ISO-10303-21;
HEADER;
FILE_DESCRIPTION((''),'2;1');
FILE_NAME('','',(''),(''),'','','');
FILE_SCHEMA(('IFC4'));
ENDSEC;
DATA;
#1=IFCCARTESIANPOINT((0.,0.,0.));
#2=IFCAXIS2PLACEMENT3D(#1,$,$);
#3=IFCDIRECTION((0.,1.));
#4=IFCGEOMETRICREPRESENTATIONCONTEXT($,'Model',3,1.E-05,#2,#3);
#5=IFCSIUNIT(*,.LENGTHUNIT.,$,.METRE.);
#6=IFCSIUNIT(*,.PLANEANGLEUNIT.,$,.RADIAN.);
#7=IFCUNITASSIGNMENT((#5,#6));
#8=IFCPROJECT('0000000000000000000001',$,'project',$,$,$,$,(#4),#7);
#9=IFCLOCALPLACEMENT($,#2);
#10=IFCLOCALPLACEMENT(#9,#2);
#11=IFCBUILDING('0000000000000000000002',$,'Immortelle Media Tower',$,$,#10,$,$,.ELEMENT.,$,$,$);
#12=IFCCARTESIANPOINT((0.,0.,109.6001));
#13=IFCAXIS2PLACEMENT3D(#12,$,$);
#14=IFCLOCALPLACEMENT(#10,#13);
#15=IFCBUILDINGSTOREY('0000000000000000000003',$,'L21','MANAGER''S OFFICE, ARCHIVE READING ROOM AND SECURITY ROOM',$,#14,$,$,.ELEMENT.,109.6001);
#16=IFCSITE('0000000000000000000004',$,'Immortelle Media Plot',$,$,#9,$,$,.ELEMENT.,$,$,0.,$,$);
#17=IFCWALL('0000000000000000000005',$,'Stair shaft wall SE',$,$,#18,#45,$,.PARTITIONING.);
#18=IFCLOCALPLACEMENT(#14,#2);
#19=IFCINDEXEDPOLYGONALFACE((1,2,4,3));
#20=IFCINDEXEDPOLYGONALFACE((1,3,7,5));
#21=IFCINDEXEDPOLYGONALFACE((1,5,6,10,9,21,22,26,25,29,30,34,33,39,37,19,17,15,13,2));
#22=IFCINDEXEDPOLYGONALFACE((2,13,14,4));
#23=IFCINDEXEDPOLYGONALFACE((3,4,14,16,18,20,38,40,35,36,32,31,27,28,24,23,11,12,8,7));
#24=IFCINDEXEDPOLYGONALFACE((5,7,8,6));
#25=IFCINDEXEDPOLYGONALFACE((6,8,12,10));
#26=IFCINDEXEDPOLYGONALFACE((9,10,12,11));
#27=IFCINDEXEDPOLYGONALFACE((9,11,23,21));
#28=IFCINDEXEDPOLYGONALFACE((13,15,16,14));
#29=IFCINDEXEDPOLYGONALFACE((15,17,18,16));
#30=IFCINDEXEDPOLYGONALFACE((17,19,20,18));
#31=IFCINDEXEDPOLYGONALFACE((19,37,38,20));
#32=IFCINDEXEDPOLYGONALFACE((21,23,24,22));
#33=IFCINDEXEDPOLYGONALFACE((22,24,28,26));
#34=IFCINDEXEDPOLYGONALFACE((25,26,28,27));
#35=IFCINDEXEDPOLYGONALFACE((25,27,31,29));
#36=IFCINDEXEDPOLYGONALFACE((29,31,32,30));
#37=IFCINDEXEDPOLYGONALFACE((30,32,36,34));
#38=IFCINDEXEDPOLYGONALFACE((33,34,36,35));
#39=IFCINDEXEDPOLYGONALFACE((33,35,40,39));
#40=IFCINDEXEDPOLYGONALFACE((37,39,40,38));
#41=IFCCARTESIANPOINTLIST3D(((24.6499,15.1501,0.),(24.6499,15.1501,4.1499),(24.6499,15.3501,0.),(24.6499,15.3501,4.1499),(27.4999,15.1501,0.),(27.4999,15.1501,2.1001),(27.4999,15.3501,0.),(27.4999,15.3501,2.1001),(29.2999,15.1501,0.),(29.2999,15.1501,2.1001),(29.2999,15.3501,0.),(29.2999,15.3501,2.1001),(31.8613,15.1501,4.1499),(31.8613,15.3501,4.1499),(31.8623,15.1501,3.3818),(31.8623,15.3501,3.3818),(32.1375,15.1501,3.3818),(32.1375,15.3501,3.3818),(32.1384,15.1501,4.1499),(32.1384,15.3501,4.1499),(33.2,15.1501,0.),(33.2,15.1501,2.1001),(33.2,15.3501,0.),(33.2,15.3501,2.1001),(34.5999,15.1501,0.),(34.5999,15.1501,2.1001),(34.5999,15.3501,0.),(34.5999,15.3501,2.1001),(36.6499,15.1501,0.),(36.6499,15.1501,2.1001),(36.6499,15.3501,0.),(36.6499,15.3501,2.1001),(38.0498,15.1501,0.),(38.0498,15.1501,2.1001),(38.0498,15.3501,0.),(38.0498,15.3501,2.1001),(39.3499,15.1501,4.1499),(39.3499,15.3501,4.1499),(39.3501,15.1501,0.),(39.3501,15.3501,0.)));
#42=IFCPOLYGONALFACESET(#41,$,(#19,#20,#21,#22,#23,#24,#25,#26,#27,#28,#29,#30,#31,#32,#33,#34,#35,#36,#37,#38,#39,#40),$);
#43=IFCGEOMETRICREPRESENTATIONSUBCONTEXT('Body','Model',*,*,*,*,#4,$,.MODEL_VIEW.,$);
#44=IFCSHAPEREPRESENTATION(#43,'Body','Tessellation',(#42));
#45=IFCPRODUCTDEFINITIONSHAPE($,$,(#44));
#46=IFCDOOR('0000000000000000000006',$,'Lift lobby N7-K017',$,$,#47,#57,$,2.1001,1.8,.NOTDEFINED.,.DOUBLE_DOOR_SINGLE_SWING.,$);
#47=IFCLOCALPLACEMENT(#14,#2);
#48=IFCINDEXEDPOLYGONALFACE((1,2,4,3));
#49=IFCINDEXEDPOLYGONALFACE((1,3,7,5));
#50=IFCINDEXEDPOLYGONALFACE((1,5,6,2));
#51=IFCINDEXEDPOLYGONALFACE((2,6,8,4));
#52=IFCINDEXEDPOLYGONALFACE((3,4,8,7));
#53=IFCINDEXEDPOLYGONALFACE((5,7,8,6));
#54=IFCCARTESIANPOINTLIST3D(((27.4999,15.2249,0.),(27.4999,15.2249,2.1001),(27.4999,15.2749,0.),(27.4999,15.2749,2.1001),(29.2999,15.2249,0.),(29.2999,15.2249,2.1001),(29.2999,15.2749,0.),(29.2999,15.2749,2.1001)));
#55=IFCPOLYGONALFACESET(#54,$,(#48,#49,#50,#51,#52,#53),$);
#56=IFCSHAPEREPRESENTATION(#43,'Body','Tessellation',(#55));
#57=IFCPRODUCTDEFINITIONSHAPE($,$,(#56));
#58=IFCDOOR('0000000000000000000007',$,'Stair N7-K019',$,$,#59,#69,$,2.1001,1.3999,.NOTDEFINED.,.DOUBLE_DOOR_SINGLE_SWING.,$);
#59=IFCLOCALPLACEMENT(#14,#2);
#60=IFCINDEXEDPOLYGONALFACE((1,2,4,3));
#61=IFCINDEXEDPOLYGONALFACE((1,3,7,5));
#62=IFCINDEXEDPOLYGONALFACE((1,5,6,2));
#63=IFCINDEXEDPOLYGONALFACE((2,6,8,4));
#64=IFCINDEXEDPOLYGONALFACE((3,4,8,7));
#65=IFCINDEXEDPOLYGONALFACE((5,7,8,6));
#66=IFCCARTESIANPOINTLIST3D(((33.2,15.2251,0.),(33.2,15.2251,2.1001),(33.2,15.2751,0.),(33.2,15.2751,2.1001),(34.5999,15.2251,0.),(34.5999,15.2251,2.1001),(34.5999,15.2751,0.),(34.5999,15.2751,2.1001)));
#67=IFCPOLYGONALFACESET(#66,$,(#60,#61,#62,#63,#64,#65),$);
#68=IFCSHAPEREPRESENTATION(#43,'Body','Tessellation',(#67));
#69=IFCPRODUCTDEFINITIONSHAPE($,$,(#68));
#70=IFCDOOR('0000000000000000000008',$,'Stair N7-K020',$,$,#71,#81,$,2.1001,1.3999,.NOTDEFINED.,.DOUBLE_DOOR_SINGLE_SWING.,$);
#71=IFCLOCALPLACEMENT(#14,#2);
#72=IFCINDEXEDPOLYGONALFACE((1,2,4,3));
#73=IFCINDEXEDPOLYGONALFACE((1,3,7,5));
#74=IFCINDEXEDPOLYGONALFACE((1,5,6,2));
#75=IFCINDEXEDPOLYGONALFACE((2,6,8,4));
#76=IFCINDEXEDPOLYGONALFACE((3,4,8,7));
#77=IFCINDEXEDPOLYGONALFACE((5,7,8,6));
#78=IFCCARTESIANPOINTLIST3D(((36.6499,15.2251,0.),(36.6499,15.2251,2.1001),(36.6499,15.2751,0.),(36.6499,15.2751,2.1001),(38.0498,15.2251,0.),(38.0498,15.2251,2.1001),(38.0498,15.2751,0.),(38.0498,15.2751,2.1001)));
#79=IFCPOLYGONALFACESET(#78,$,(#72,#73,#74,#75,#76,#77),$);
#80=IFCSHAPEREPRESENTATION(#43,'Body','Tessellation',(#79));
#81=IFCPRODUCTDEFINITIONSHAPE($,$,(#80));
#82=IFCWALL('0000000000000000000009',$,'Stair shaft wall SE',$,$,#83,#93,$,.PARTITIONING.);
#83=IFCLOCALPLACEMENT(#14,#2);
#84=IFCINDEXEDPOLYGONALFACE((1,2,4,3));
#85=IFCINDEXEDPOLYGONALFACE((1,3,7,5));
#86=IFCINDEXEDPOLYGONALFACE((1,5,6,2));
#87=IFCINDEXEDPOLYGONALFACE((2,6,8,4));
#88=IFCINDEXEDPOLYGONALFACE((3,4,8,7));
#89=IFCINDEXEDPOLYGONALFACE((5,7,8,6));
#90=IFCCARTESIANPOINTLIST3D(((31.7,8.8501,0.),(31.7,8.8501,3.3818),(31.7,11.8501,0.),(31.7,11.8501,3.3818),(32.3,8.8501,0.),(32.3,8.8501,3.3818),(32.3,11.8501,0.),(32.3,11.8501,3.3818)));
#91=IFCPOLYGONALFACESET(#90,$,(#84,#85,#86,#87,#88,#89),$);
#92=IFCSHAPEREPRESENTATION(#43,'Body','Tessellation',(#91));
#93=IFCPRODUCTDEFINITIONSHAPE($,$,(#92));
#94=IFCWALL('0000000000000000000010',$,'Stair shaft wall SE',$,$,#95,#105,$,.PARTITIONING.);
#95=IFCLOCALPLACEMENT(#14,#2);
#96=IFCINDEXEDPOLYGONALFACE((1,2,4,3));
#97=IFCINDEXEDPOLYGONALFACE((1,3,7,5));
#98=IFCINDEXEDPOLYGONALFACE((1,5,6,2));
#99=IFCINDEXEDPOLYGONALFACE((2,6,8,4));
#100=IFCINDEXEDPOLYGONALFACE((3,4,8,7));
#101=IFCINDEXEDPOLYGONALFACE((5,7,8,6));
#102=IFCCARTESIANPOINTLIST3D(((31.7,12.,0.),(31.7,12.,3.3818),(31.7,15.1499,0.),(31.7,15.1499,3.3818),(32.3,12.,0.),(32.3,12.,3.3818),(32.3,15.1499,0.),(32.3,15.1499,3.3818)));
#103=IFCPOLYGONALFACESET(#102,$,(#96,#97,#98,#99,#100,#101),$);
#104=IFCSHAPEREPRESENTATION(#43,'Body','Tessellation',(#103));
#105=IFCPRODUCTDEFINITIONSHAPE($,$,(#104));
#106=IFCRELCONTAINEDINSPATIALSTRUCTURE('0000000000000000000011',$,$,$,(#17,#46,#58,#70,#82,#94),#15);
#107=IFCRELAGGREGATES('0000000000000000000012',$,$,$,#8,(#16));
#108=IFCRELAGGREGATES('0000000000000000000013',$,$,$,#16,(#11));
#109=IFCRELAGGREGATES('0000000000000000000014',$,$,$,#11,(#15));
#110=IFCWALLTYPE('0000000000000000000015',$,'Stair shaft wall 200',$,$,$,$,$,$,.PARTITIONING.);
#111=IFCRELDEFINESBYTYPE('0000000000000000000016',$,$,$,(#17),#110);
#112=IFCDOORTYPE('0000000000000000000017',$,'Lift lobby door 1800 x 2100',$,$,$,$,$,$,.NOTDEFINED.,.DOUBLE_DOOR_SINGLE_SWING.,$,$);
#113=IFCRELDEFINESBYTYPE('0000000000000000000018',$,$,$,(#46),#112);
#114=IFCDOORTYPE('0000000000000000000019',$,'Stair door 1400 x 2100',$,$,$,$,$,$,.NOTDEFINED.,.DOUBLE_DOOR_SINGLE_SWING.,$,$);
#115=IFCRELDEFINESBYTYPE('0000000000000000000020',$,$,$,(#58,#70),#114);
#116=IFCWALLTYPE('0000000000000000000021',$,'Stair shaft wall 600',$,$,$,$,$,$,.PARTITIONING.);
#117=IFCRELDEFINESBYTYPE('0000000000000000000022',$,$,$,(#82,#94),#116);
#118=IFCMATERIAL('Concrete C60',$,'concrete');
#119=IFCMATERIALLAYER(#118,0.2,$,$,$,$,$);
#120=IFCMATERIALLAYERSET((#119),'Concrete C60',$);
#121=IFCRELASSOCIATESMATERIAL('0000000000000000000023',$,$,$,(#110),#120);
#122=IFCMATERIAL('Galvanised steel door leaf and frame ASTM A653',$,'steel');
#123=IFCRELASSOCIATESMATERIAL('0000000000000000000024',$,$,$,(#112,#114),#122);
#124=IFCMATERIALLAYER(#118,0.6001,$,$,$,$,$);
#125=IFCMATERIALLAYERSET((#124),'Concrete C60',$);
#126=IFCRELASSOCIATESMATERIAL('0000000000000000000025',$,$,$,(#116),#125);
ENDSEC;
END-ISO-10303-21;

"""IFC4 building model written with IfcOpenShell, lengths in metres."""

from ifc_helpers import new_model, si_unit, direction, frame, frame_2d, origin, place, context, subcontext, project, spatial, polyline, rectangle, outline, extrude, material, layer, layer_set, type_object, element, fill, save


model = new_model("IFC4")

# Units and contexts
model_context = context("Model", 3, precision=1e-05, world=origin(), true_north=direction((0.0, 1.0)))
body_context = subcontext(model_context, "Body", "Model", "MODEL_VIEW")
ifc_project = project(units=[si_unit("LENGTHUNIT", "METRE"), si_unit("PLANEANGLEUNIT", "RADIAN")], contexts=[model_context])

# Site, building, storey
site_placement = place(None, origin())
site = spatial("IfcSite", under=ifc_project, at=site_placement, Name="Immortelle Media Plot", CompositionType="ELEMENT", RefElevation=0.0)
building_placement = place(site_placement, origin())
building = spatial("IfcBuilding", under=site, at=building_placement, Name="Immortelle Media Tower", CompositionType="ELEMENT")
storey_placement = place(building_placement, frame((0.0, 0.0, 109.6001)))
storey = spatial("IfcBuildingStorey", under=building, at=storey_placement, Name="L21", Description="MANAGER'S OFFICE, ARCHIVE READING ROOM AND SECURITY ROOM", CompositionType="ELEMENT", Elevation=109.6001)

# Wall, openings, doors
ifc_material_1 = material(Name="Concrete C60", Category="concrete")
ifc_layer_1 = layer(ifc_material_1, 0.2)
ifc_layer_set_1 = layer_set([ifc_layer_1], Name="Concrete C60")
wall_type_1 = type_object("IfcWallType", Name="Stair shaft wall 200", PredefinedType="PARTITIONING", material=ifc_layer_set_1)
wall_1_placement = place(storey_placement, frame((24.6499, 15.25, 0.0), z_axis=(0.0, 0.0, 1.0), x_axis=(1.0, 0.0, 0.0)))
wall_1 = element("IfcWall", 1, at=wall_1_placement, inside=storey, type_object=wall_type_1, Name="Stair shaft wall SE", PredefinedType="PARTITIONING", context=body_context, shape_type="SweptSolid", body=[
    extrude(outline(polyline([(0.0, 0.0), (14.7002, 0.0), (14.7, 4.1499), (7.4885, 4.1499), (7.4875, 3.3818), (7.2124, 3.3818), (7.2114, 4.1499), (0.0, 4.1499), (0.0, 0.0)])), frame((0.0, 0.1001, 0.0), z_axis=(0.0, -1.0, 0.0), x_axis=(1.0, 0.0, 0.0)), (0.0, 0.0, 1.0), 0.2),
])
opening_1_placement = place(wall_1_placement, frame((2.8501, 0.0, 0.0)))
opening_1 = element("IfcOpeningElement", 2, at=opening_1_placement, cuts=wall_1, PredefinedType="OPENING", context=body_context, shape_type="SweptSolid", body=[
    extrude(rectangle(XDim=1.8, YDim=2.1001, at=frame_2d((0.8999, 1.05))), frame((0.0, 0.1099, 0.0), z_axis=(0.0, -1.0, 0.0), x_axis=(1.0, 0.0, 0.0)), (0.0, 0.0, 1.0), 0.22),
])
opening_2_placement = place(wall_1_placement, frame((9.95, 0.0, 0.0), z_axis=(0.0, 0.0, 1.0), x_axis=(-1.0, 0.0, 0.0)))
opening_2 = element("IfcOpeningElement", 3, at=opening_2_placement, cuts=wall_1, PredefinedType="OPENING", context=body_context, shape_type="SweptSolid", body=[
    extrude(rectangle(XDim=1.3999, YDim=2.1001, at=frame_2d((0.7, 1.05))), frame((0.0, 0.1099, 0.0), z_axis=(0.0, -1.0, 0.0), x_axis=(1.0, 0.0, 0.0)), (0.0, 0.0, 1.0), 0.22),
])
opening_3_placement = place(wall_1_placement, frame((13.3999, 0.0, 0.0), z_axis=(0.0, 0.0, 1.0), x_axis=(-1.0, 0.0, 0.0)))
opening_3 = element("IfcOpeningElement", 4, at=opening_3_placement, cuts=wall_1, PredefinedType="OPENING", context=body_context, shape_type="SweptSolid", body=[
    extrude(rectangle(XDim=1.3999, YDim=2.1001, at=frame_2d((0.7, 1.05))), frame((0.0, 0.1099, 0.0), z_axis=(0.0, -1.0, 0.0), x_axis=(1.0, 0.0, 0.0)), (0.0, 0.0, 1.0), 0.22),
])
ifc_material_2 = material(Name="Galvanised steel door leaf and frame ASTM A653", Category="steel")
door_type_1 = type_object("IfcDoorType", Name="Lift lobby door 1800 x 2100", OperationType="DOUBLE_DOOR_SINGLE_SWING", PredefinedType="NOTDEFINED", material=ifc_material_2)
door_1_placement = place(opening_1_placement, origin())
door_1 = element("IfcDoor", 5, at=door_1_placement, inside=storey, type_object=door_type_1, Name="Lift lobby N7-K017", OperationType="DOUBLE_DOOR_SINGLE_SWING", OverallHeight=2.1001, OverallWidth=1.8, PredefinedType="NOTDEFINED", context=body_context, shape_type="SweptSolid", body=[
    extrude(rectangle(XDim=1.8, YDim=2.1001, at=frame_2d((0.8999, 1.05))), frame((0.0, 0.0249, 0.0), z_axis=(0.0, -1.0, 0.0), x_axis=(1.0, 0.0, 0.0)), (0.0, 0.0, 1.0), 0.05),
])
fill(opening_1, door_1)
door_type_2 = type_object("IfcDoorType", Name="Stair door 1400 x 2100", OperationType="DOUBLE_DOOR_SINGLE_SWING", PredefinedType="NOTDEFINED", material=ifc_material_2)
door_2_placement = place(opening_2_placement, origin())
door_2 = element("IfcDoor", 6, at=door_2_placement, inside=storey, type_object=door_type_2, Name="Stair N7-K019", OperationType="DOUBLE_DOOR_SINGLE_SWING", OverallHeight=2.1001, OverallWidth=1.3999, PredefinedType="NOTDEFINED", context=body_context, shape_type="SweptSolid", body=[
    extrude(rectangle(XDim=1.3999, YDim=2.1001, at=frame_2d((0.7, 1.05))), frame((0.0, 0.0249, 0.0), z_axis=(0.0, -1.0, 0.0), x_axis=(1.0, 0.0, 0.0)), (0.0, 0.0, 1.0), 0.05),
])
fill(opening_2, door_2)
door_3_placement = place(opening_3_placement, origin())
door_3 = element("IfcDoor", 7, at=door_3_placement, inside=storey, type_object=door_type_2, Name="Stair N7-K020", OperationType="DOUBLE_DOOR_SINGLE_SWING", OverallHeight=2.1001, OverallWidth=1.3999, PredefinedType="NOTDEFINED", context=body_context, shape_type="SweptSolid", body=[
    extrude(rectangle(XDim=1.3999, YDim=2.1001, at=frame_2d((0.7, 1.05))), frame((0.0, 0.0249, 0.0), z_axis=(0.0, -1.0, 0.0), x_axis=(1.0, 0.0, 0.0)), (0.0, 0.0, 1.0), 0.05),
])
fill(opening_3, door_3)

# Walls
ifc_layer_2 = layer(ifc_material_1, 0.6001)
ifc_layer_set_2 = layer_set([ifc_layer_2], Name="Concrete C60")
wall_type_2 = type_object("IfcWallType", Name="Stair shaft wall 600", PredefinedType="PARTITIONING", material=ifc_layer_set_2)
wall_2_placement = place(storey_placement, frame((32.0, 8.8501, 0.0), z_axis=(0.0, 0.0, 1.0), x_axis=(0.0, 1.0, 0.0)))
element("IfcWall", 8, at=wall_2_placement, inside=storey, type_object=wall_type_2, Name="Stair shaft wall SE", PredefinedType="PARTITIONING", context=body_context, shape_type="SweptSolid", body=[
    extrude(rectangle(XDim=3.0, YDim=0.6001, at=frame_2d((1.5, 0.0))), origin(), (0.0, 0.0, 1.0), 3.3818),
])
wall_3_placement = place(storey_placement, frame((32.0, 12.0, 0.0), z_axis=(0.0, 0.0, 1.0), x_axis=(0.0, 1.0, 0.0)))
element("IfcWall", 9, at=wall_3_placement, inside=storey, type_object=wall_type_2, Name="Stair shaft wall SE", PredefinedType="PARTITIONING", context=body_context, shape_type="SweptSolid", body=[
    extrude(rectangle(XDim=3.1499, YDim=0.6001, at=frame_2d((1.575, 0.0))), origin(), (0.0, 0.0, 1.0), 3.3818),
])

save(model, "model.ifc")
